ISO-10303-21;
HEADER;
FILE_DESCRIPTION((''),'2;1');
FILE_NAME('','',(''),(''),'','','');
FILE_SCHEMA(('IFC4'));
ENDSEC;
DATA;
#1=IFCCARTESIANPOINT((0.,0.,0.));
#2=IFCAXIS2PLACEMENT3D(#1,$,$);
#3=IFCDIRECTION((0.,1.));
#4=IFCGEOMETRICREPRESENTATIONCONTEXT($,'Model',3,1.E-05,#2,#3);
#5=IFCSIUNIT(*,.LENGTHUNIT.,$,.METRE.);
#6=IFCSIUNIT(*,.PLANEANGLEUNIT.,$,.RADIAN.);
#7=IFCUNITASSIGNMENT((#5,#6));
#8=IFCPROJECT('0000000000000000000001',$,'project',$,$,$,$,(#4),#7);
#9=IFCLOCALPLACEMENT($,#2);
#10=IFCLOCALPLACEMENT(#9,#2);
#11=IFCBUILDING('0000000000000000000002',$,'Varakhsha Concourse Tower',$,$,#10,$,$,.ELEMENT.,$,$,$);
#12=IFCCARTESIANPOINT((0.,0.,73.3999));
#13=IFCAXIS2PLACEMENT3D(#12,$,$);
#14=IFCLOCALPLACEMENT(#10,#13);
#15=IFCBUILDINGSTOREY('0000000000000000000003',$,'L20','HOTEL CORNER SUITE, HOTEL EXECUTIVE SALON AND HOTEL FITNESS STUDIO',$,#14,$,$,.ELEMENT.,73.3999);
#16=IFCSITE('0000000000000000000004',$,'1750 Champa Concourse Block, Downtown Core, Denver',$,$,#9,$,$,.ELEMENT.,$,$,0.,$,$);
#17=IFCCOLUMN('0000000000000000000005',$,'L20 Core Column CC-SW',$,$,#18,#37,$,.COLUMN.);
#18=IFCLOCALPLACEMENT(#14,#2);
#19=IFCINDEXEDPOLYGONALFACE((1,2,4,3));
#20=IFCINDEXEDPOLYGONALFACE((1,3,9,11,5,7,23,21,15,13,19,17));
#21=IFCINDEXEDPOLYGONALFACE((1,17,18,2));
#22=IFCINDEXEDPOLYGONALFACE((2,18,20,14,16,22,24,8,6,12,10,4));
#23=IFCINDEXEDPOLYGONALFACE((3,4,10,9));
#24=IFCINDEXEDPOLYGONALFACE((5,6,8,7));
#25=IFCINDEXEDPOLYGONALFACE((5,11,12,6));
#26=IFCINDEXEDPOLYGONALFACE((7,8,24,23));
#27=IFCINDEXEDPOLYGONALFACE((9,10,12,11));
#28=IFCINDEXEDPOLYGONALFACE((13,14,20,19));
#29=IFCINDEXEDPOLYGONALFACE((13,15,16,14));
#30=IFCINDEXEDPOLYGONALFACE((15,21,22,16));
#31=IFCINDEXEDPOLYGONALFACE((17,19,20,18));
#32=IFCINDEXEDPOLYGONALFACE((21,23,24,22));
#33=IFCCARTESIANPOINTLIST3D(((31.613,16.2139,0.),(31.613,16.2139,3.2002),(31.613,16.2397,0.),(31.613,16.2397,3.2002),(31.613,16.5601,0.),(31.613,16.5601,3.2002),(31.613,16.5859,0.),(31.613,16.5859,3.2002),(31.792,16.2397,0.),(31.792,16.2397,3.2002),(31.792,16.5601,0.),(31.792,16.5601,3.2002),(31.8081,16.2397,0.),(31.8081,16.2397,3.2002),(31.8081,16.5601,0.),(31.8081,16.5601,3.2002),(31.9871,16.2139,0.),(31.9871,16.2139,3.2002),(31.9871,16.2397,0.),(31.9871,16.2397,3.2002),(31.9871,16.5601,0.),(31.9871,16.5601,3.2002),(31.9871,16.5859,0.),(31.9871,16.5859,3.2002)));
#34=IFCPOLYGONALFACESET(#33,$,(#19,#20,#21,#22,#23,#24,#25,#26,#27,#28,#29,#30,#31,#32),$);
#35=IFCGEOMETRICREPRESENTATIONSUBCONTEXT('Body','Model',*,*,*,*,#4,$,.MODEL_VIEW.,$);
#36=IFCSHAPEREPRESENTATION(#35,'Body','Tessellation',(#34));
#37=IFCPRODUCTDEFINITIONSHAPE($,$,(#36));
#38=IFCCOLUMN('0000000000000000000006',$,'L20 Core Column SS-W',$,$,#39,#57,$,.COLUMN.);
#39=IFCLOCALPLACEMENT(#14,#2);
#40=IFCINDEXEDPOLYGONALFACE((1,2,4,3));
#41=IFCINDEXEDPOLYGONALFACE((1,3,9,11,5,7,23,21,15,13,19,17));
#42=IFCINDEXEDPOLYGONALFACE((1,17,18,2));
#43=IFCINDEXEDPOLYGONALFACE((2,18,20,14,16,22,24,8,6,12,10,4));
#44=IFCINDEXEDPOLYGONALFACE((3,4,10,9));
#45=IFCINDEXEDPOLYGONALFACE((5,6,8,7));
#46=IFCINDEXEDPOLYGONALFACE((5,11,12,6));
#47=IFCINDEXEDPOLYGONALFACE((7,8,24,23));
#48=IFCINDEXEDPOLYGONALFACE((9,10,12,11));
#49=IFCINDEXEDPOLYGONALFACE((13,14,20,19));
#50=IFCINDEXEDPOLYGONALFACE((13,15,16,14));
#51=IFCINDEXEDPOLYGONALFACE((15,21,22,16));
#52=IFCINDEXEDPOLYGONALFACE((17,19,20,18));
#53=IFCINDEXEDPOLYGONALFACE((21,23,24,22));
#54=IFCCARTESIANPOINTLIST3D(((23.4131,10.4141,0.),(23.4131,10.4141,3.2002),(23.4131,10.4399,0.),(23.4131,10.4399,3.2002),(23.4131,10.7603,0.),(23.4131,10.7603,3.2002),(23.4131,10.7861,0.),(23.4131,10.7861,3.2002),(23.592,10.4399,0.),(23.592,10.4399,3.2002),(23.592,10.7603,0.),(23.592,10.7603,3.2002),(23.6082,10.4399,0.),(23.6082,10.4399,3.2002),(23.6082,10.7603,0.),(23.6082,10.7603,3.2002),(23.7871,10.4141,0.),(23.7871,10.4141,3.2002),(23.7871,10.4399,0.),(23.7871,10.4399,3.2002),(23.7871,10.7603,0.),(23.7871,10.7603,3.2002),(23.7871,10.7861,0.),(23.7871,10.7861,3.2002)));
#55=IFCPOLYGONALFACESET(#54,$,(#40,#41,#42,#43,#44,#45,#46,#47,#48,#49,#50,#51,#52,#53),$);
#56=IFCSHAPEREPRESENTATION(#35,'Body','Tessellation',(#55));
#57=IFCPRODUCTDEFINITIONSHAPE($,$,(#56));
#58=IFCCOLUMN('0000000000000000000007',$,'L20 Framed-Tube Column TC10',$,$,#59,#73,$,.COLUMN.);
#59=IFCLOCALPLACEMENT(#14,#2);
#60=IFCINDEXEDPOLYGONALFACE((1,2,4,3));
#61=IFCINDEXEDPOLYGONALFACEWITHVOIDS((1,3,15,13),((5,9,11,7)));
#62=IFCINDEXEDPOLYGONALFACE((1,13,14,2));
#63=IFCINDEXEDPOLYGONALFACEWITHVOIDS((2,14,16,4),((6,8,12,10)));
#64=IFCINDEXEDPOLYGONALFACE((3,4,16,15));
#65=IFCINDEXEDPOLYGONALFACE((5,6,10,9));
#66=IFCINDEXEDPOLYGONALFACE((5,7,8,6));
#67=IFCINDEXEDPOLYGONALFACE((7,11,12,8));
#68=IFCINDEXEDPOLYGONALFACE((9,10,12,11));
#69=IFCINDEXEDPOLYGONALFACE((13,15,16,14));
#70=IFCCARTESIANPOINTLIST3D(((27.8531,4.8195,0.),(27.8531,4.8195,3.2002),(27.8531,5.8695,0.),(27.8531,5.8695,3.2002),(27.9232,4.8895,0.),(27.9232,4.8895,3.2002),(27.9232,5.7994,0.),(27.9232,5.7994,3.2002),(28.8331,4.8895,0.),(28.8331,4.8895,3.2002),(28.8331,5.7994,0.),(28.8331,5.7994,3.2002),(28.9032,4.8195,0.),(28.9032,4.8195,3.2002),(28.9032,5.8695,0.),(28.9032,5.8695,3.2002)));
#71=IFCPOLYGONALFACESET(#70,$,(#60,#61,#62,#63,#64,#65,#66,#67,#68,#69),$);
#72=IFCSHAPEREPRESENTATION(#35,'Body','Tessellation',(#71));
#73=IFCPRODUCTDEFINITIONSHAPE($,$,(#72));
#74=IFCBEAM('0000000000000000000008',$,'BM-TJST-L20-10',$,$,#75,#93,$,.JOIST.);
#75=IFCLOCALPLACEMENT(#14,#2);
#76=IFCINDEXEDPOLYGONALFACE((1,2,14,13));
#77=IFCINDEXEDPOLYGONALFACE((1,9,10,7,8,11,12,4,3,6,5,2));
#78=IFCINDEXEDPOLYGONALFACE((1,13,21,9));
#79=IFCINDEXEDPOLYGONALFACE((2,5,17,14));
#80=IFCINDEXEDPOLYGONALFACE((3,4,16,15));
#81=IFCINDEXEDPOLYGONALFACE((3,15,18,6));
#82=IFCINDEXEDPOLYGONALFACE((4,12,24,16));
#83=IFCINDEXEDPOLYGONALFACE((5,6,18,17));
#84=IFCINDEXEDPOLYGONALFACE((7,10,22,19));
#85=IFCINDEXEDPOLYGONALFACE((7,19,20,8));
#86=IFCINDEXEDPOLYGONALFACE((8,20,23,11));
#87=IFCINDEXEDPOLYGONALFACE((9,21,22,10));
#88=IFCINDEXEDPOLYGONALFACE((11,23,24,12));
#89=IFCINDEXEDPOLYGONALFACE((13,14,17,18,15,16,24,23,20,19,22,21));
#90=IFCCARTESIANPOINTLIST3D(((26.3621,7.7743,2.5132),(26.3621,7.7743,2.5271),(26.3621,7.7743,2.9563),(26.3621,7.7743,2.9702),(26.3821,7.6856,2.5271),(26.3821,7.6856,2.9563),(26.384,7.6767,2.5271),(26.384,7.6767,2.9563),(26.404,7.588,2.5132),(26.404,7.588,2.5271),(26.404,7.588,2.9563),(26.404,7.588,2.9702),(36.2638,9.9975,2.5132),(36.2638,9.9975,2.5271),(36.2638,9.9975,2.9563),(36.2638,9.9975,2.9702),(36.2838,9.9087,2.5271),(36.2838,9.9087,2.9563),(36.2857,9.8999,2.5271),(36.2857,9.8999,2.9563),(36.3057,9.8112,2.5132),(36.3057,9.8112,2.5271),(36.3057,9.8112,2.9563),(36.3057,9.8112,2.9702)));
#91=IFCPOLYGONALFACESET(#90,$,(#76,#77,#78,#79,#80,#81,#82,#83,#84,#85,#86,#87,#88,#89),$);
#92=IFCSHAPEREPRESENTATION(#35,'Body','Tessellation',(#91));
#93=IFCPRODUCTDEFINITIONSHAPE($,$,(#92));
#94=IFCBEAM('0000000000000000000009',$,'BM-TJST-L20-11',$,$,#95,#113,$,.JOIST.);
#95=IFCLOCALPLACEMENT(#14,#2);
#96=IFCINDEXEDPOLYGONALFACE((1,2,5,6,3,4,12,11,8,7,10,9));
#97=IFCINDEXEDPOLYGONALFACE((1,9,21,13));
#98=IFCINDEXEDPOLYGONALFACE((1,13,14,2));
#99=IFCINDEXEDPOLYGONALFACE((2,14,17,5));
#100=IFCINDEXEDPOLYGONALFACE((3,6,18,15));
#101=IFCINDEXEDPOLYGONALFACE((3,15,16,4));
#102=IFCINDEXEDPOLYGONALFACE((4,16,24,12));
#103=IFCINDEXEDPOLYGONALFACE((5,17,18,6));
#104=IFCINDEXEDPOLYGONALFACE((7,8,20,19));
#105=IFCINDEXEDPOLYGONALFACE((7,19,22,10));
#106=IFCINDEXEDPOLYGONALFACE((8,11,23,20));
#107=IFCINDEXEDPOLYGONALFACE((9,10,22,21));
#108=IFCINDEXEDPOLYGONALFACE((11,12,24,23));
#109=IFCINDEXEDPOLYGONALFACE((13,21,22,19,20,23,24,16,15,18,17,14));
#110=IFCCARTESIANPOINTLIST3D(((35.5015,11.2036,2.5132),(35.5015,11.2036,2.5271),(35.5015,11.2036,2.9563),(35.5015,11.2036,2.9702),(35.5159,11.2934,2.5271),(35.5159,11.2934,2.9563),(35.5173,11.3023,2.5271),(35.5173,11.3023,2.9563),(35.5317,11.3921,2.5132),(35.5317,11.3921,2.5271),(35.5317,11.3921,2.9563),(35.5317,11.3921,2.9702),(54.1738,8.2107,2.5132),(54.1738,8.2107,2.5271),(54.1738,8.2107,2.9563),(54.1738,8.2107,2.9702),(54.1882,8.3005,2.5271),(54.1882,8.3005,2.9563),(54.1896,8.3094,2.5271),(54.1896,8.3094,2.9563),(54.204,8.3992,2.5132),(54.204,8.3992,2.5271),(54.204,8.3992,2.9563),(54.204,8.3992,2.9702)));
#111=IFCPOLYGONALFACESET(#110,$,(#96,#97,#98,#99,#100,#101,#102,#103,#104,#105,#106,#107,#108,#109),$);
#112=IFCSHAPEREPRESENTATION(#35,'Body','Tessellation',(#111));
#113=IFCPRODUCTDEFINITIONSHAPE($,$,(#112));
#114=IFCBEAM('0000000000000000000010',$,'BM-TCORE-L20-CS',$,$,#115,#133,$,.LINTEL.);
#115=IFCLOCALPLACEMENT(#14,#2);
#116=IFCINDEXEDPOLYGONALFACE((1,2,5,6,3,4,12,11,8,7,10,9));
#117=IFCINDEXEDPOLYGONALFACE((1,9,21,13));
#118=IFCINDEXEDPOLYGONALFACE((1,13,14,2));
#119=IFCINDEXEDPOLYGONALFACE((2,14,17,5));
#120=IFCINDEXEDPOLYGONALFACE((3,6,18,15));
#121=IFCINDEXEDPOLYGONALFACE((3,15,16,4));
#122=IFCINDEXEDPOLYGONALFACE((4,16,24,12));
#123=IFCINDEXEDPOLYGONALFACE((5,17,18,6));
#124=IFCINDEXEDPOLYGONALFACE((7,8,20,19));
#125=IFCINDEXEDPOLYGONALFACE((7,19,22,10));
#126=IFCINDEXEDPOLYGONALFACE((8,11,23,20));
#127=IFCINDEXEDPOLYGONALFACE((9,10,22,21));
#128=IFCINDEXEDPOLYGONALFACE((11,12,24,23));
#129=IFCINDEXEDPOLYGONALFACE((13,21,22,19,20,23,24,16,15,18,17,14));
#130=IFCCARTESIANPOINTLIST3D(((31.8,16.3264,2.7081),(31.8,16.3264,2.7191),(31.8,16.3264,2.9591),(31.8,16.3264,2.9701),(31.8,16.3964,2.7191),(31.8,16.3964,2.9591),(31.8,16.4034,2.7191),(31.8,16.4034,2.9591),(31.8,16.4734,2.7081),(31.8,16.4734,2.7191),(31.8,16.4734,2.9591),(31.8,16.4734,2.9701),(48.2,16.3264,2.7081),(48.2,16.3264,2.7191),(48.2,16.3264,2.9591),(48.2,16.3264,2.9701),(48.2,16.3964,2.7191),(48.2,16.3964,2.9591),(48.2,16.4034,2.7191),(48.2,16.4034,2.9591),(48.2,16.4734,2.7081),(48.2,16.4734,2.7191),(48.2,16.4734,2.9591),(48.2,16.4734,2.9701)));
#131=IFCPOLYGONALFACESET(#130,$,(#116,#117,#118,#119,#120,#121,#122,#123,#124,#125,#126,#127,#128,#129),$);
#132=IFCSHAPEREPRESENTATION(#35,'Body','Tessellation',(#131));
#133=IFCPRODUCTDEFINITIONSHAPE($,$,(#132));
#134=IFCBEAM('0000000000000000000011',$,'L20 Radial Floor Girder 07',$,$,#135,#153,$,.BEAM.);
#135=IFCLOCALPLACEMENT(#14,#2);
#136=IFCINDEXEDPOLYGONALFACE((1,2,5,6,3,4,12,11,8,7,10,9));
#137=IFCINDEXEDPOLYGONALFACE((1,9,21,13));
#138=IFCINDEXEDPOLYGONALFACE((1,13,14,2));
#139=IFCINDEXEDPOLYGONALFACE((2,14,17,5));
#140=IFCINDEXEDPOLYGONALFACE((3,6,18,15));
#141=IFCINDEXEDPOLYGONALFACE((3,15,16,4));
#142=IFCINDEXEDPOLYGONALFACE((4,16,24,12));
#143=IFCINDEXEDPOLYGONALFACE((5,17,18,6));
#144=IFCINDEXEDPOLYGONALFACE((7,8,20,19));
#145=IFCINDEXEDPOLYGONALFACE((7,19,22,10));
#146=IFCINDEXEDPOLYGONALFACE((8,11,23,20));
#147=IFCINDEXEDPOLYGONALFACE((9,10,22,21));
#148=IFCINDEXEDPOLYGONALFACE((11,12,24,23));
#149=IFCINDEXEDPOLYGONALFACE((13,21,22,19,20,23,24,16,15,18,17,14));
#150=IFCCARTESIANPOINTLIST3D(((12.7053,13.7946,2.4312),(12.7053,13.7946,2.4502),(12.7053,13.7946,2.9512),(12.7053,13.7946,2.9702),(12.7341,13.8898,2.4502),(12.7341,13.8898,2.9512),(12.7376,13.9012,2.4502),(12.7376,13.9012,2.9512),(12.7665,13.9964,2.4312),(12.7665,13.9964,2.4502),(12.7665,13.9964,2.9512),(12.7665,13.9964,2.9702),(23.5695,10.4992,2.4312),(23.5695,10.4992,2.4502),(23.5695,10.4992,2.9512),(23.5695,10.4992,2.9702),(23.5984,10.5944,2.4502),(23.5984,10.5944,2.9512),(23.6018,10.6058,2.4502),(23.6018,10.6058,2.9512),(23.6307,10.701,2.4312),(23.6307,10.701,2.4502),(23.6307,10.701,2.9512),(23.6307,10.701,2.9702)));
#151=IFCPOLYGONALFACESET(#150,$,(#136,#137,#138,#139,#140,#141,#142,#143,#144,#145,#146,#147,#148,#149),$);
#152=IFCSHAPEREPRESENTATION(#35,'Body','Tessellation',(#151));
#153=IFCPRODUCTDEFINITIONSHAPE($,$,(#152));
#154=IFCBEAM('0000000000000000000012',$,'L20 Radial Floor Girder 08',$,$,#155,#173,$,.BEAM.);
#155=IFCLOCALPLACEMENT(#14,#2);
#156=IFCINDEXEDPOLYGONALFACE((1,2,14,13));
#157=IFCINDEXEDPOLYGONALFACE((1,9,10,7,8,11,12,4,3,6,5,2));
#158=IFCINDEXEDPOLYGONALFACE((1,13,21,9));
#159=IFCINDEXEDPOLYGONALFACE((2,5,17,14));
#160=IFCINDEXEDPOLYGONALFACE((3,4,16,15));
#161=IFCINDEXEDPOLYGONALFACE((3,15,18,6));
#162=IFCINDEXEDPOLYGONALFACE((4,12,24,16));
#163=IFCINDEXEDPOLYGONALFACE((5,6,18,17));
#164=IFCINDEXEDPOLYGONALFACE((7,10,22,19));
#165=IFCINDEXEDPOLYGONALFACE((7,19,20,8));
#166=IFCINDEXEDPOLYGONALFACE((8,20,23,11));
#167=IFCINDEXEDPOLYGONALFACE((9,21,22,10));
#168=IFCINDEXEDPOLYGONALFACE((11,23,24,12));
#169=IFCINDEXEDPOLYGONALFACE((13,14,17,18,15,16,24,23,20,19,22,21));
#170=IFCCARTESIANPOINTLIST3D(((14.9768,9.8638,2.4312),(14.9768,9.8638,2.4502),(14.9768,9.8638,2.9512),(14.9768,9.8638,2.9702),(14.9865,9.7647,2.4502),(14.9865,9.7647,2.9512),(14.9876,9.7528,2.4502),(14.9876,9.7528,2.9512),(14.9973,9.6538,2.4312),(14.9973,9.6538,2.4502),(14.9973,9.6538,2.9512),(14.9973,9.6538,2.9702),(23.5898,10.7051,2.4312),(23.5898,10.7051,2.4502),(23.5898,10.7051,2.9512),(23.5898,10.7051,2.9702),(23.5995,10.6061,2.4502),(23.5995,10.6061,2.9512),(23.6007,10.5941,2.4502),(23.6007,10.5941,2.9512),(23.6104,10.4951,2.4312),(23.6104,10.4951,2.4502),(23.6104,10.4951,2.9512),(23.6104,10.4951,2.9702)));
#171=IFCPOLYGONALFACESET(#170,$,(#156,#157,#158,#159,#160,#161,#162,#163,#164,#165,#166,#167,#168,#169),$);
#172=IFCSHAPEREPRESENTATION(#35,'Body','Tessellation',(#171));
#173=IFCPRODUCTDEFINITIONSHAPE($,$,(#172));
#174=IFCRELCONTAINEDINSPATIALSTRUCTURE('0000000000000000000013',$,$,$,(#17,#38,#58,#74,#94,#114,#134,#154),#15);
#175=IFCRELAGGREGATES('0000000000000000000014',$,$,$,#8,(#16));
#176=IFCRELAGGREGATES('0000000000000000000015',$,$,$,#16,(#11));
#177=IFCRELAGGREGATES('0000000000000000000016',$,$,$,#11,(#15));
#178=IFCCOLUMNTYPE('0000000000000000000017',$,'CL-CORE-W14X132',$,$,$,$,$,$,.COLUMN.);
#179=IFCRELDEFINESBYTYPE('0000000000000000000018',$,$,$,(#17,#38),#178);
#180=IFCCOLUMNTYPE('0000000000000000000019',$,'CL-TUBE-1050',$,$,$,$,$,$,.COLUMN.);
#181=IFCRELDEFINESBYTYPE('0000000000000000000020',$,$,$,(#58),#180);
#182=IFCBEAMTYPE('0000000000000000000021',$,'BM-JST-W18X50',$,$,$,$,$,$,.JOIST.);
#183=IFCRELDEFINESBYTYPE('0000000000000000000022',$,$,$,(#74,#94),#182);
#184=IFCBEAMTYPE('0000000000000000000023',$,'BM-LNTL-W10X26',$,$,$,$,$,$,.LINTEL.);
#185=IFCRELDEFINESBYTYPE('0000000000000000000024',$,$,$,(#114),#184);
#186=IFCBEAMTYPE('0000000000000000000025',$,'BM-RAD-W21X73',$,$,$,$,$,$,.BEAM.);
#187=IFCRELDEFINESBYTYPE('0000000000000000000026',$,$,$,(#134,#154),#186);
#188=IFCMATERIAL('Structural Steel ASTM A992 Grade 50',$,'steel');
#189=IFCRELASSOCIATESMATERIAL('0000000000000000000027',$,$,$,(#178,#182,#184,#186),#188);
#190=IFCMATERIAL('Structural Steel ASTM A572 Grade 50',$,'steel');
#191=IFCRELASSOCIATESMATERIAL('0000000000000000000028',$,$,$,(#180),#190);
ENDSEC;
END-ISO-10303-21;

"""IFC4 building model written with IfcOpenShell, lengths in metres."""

from ifc_helpers import new_model, si_unit, direction, frame, origin, origin_2d, place, context, subcontext, project, spatial, hollow_rectangle, i_section, extrude, material, material_profile, profile_set, type_object, element, save


model = new_model("IFC4")

# Units and contexts
model_context = context("Model", 3, precision=1e-05, world=origin(), true_north=direction((0.0, 1.0)))
body_context = subcontext(model_context, "Body", "Model", "MODEL_VIEW")
ifc_project = project(units=[si_unit("LENGTHUNIT", "METRE"), si_unit("PLANEANGLEUNIT", "RADIAN")], contexts=[model_context])

# Site, building, storey
site_placement = place(None, origin())
site = spatial("IfcSite", under=ifc_project, at=site_placement, Name="1750 Champa Concourse Block, Downtown Core, Denver", CompositionType="ELEMENT", RefElevation=0.0)
building_placement = place(site_placement, origin())
building = spatial("IfcBuilding", under=site, at=building_placement, Name="Varakhsha Concourse Tower", CompositionType="ELEMENT")
storey_placement = place(building_placement, frame((0.0, 0.0, 73.3999)))
storey = spatial("IfcBuildingStorey", under=building, at=storey_placement, Name="L20", Description="HOTEL CORNER SUITE, HOTEL EXECUTIVE SALON AND HOTEL FITNESS STUDIO", CompositionType="ELEMENT", Elevation=73.3999)

# Columns
ifc_material_1 = material(Name="Structural Steel ASTM A992 Grade 50", Category="steel")
ifc_material_profile_1 = material_profile(ifc_material_1, i_section(OverallWidth=0.374, OverallDepth=0.3721, WebThickness=0.0161, FlangeThickness=0.0259, at=origin_2d()), Name="W14X132")
ifc_profile_set_1 = profile_set([ifc_material_profile_1], Name="Structural Steel ASTM A992 Grade 50")
column_type_1 = type_object("IfcColumnType", Name="CL-CORE-W14X132", PredefinedType="COLUMN", material=ifc_profile_set_1)
for number, where, z_axis, x_axis, name in (
    (1, (31.8, 16.3999, 0.0), (0.0, 0.0, 1.0), (1.0, 0.0, 0.0), "L20 Core Column CC-SW"),
    (2, (23.6001, 10.6001, 0.0), (0.0, 0.0, 1.0), (1.0, 0.0, 0.0), "L20 Core Column SS-W"),
):
    element("IfcColumn", number, at=place(storey_placement, frame(where, z_axis=z_axis, x_axis=x_axis)), inside=storey, type_object=column_type_1, Name=name, PredefinedType="COLUMN", context=body_context, shape_type="SweptSolid", body=[
        extrude(i_section(OverallWidth=0.374, OverallDepth=0.3721, WebThickness=0.0161, FlangeThickness=0.0259, at=origin_2d()), origin(), (0.0, 0.0, 1.0), 3.2002),
    ])
ifc_material_2 = material(Name="Structural Steel ASTM A572 Grade 50", Category="steel")
ifc_material_profile_2 = material_profile(ifc_material_2, hollow_rectangle(XDim=1.05, YDim=1.05, WallThickness=0.0701, at=origin_2d()), Name="BOX 1050x1050x70")
ifc_profile_set_2 = profile_set([ifc_material_profile_2], Name="Structural Steel ASTM A572 Grade 50")
column_type_2 = type_object("IfcColumnType", Name="CL-TUBE-1050", PredefinedType="COLUMN", material=ifc_profile_set_2)
column_placement = place(storey_placement, frame((28.3782, 5.3445, 0.0), z_axis=(0.0, 0.0, 1.0), x_axis=(1.0, 0.0, 0.0)))
element("IfcColumn", 3, at=column_placement, inside=storey, type_object=column_type_2, Name="L20 Framed-Tube Column TC10", PredefinedType="COLUMN", context=body_context, shape_type="SweptSolid", body=[
    extrude(hollow_rectangle(XDim=1.05, YDim=1.05, WallThickness=0.0701, at=origin_2d()), origin(), (0.0, 0.0, 1.0), 3.2002),
])

# Beams
ifc_material_profile_3 = material_profile(ifc_material_1, i_section(OverallWidth=0.1909, OverallDepth=0.457, WebThickness=0.009, FlangeThickness=0.0139, at=origin_2d()), Name="W18X50")
ifc_profile_set_3 = profile_set([ifc_material_profile_3], Name="Structural Steel ASTM A992 Grade 50")
beam_type_1 = type_object("IfcBeamType", Name="BM-JST-W18X50", PredefinedType="JOIST", material=ifc_profile_set_3)
beam_1_placement = place(storey_placement, frame((26.3831, 7.6812, 2.7417), z_axis=(0.975709, 0.21907, 0.0), x_axis=(-0.21907, 0.975709, 0.0)))
element("IfcBeam", 4, at=beam_1_placement, inside=storey, type_object=beam_type_1, Name="BM-TJST-L20-10", PredefinedType="JOIST", context=body_context, shape_type="SweptSolid", body=[
    extrude(i_section(OverallWidth=0.1909, OverallDepth=0.457, WebThickness=0.009, FlangeThickness=0.0139, at=origin_2d()), origin(), (0.0, 0.0, 1.0), 10.1482),
])
beam_2_placement = place(storey_placement, frame((35.5166, 11.2979, 2.7417), z_axis=(0.987397, -0.158266, 0.0), x_axis=(0.158266, 0.987397, 0.0)))
element("IfcBeam", 5, at=beam_2_placement, inside=storey, type_object=beam_type_1, Name="BM-TJST-L20-11", PredefinedType="JOIST", context=body_context, shape_type="SweptSolid", body=[
    extrude(i_section(OverallWidth=0.1909, OverallDepth=0.457, WebThickness=0.009, FlangeThickness=0.0139, at=origin_2d()), origin(), (0.0, 0.0, 1.0), 18.9106),
])
ifc_material_profile_4 = material_profile(ifc_material_1, i_section(OverallWidth=0.147, OverallDepth=0.262, WebThickness=0.0071, FlangeThickness=0.011, at=origin_2d()), Name="W10X26")
ifc_profile_set_4 = profile_set([ifc_material_profile_4], Name="Structural Steel ASTM A992 Grade 50")
beam_type_2 = type_object("IfcBeamType", Name="BM-LNTL-W10X26", PredefinedType="LINTEL", material=ifc_profile_set_4)
beam_3_placement = place(storey_placement, frame((31.8, 16.3999, 2.8391), z_axis=(1.0, 0.0, 0.0), x_axis=(0.0, 1.0, 0.0)))
element("IfcBeam", 6, at=beam_3_placement, inside=storey, type_object=beam_type_2, Name="BM-TCORE-L20-CS", PredefinedType="LINTEL", context=body_context, shape_type="SweptSolid", body=[
    extrude(i_section(OverallWidth=0.147, OverallDepth=0.262, WebThickness=0.0071, FlangeThickness=0.011, at=origin_2d()), origin(), (0.0, 0.0, 1.0), 16.3999),
])
ifc_material_profile_5 = material_profile(ifc_material_1, i_section(OverallWidth=0.2109, OverallDepth=0.5391, WebThickness=0.012, FlangeThickness=0.019, at=origin_2d()), Name="W21X73")
ifc_profile_set_5 = profile_set([ifc_material_profile_5], Name="Structural Steel ASTM A992 Grade 50")
beam_type_3 = type_object("IfcBeamType", Name="BM-RAD-W21X73", PredefinedType="BEAM", material=ifc_profile_set_5)
beam_4_placement = place(storey_placement, frame((23.6001, 10.6001, 2.7007), z_axis=(-0.956946, 0.290266, 0.0), x_axis=(-0.290266, -0.956946, 0.0)))
element("IfcBeam", 7, at=beam_4_placement, inside=storey, type_object=beam_type_3, Name="L20 Radial Floor Girder 07", PredefinedType="BEAM", context=body_context, shape_type="SweptSolid", body=[
    extrude(i_section(OverallWidth=0.2109, OverallDepth=0.5391, WebThickness=0.012, FlangeThickness=0.019, at=origin_2d()), origin(), (0.0, 0.0, 1.0), 11.353),
])
beam_5_placement = place(storey_placement, frame((23.6001, 10.6001, 2.7007), z_axis=(-0.995263, -0.097216, 0.0), x_axis=(0.097216, -0.995263, 0.0)))
element("IfcBeam", 8, at=beam_5_placement, inside=storey, type_object=beam_type_3, Name="L20 Radial Floor Girder 08", PredefinedType="BEAM", context=body_context, shape_type="SweptSolid", body=[
    extrude(i_section(OverallWidth=0.2109, OverallDepth=0.5391, WebThickness=0.012, FlangeThickness=0.019, at=origin_2d()), origin(), (0.0, 0.0, 1.0), 8.6541),
])

save(model, "model.ifc")
